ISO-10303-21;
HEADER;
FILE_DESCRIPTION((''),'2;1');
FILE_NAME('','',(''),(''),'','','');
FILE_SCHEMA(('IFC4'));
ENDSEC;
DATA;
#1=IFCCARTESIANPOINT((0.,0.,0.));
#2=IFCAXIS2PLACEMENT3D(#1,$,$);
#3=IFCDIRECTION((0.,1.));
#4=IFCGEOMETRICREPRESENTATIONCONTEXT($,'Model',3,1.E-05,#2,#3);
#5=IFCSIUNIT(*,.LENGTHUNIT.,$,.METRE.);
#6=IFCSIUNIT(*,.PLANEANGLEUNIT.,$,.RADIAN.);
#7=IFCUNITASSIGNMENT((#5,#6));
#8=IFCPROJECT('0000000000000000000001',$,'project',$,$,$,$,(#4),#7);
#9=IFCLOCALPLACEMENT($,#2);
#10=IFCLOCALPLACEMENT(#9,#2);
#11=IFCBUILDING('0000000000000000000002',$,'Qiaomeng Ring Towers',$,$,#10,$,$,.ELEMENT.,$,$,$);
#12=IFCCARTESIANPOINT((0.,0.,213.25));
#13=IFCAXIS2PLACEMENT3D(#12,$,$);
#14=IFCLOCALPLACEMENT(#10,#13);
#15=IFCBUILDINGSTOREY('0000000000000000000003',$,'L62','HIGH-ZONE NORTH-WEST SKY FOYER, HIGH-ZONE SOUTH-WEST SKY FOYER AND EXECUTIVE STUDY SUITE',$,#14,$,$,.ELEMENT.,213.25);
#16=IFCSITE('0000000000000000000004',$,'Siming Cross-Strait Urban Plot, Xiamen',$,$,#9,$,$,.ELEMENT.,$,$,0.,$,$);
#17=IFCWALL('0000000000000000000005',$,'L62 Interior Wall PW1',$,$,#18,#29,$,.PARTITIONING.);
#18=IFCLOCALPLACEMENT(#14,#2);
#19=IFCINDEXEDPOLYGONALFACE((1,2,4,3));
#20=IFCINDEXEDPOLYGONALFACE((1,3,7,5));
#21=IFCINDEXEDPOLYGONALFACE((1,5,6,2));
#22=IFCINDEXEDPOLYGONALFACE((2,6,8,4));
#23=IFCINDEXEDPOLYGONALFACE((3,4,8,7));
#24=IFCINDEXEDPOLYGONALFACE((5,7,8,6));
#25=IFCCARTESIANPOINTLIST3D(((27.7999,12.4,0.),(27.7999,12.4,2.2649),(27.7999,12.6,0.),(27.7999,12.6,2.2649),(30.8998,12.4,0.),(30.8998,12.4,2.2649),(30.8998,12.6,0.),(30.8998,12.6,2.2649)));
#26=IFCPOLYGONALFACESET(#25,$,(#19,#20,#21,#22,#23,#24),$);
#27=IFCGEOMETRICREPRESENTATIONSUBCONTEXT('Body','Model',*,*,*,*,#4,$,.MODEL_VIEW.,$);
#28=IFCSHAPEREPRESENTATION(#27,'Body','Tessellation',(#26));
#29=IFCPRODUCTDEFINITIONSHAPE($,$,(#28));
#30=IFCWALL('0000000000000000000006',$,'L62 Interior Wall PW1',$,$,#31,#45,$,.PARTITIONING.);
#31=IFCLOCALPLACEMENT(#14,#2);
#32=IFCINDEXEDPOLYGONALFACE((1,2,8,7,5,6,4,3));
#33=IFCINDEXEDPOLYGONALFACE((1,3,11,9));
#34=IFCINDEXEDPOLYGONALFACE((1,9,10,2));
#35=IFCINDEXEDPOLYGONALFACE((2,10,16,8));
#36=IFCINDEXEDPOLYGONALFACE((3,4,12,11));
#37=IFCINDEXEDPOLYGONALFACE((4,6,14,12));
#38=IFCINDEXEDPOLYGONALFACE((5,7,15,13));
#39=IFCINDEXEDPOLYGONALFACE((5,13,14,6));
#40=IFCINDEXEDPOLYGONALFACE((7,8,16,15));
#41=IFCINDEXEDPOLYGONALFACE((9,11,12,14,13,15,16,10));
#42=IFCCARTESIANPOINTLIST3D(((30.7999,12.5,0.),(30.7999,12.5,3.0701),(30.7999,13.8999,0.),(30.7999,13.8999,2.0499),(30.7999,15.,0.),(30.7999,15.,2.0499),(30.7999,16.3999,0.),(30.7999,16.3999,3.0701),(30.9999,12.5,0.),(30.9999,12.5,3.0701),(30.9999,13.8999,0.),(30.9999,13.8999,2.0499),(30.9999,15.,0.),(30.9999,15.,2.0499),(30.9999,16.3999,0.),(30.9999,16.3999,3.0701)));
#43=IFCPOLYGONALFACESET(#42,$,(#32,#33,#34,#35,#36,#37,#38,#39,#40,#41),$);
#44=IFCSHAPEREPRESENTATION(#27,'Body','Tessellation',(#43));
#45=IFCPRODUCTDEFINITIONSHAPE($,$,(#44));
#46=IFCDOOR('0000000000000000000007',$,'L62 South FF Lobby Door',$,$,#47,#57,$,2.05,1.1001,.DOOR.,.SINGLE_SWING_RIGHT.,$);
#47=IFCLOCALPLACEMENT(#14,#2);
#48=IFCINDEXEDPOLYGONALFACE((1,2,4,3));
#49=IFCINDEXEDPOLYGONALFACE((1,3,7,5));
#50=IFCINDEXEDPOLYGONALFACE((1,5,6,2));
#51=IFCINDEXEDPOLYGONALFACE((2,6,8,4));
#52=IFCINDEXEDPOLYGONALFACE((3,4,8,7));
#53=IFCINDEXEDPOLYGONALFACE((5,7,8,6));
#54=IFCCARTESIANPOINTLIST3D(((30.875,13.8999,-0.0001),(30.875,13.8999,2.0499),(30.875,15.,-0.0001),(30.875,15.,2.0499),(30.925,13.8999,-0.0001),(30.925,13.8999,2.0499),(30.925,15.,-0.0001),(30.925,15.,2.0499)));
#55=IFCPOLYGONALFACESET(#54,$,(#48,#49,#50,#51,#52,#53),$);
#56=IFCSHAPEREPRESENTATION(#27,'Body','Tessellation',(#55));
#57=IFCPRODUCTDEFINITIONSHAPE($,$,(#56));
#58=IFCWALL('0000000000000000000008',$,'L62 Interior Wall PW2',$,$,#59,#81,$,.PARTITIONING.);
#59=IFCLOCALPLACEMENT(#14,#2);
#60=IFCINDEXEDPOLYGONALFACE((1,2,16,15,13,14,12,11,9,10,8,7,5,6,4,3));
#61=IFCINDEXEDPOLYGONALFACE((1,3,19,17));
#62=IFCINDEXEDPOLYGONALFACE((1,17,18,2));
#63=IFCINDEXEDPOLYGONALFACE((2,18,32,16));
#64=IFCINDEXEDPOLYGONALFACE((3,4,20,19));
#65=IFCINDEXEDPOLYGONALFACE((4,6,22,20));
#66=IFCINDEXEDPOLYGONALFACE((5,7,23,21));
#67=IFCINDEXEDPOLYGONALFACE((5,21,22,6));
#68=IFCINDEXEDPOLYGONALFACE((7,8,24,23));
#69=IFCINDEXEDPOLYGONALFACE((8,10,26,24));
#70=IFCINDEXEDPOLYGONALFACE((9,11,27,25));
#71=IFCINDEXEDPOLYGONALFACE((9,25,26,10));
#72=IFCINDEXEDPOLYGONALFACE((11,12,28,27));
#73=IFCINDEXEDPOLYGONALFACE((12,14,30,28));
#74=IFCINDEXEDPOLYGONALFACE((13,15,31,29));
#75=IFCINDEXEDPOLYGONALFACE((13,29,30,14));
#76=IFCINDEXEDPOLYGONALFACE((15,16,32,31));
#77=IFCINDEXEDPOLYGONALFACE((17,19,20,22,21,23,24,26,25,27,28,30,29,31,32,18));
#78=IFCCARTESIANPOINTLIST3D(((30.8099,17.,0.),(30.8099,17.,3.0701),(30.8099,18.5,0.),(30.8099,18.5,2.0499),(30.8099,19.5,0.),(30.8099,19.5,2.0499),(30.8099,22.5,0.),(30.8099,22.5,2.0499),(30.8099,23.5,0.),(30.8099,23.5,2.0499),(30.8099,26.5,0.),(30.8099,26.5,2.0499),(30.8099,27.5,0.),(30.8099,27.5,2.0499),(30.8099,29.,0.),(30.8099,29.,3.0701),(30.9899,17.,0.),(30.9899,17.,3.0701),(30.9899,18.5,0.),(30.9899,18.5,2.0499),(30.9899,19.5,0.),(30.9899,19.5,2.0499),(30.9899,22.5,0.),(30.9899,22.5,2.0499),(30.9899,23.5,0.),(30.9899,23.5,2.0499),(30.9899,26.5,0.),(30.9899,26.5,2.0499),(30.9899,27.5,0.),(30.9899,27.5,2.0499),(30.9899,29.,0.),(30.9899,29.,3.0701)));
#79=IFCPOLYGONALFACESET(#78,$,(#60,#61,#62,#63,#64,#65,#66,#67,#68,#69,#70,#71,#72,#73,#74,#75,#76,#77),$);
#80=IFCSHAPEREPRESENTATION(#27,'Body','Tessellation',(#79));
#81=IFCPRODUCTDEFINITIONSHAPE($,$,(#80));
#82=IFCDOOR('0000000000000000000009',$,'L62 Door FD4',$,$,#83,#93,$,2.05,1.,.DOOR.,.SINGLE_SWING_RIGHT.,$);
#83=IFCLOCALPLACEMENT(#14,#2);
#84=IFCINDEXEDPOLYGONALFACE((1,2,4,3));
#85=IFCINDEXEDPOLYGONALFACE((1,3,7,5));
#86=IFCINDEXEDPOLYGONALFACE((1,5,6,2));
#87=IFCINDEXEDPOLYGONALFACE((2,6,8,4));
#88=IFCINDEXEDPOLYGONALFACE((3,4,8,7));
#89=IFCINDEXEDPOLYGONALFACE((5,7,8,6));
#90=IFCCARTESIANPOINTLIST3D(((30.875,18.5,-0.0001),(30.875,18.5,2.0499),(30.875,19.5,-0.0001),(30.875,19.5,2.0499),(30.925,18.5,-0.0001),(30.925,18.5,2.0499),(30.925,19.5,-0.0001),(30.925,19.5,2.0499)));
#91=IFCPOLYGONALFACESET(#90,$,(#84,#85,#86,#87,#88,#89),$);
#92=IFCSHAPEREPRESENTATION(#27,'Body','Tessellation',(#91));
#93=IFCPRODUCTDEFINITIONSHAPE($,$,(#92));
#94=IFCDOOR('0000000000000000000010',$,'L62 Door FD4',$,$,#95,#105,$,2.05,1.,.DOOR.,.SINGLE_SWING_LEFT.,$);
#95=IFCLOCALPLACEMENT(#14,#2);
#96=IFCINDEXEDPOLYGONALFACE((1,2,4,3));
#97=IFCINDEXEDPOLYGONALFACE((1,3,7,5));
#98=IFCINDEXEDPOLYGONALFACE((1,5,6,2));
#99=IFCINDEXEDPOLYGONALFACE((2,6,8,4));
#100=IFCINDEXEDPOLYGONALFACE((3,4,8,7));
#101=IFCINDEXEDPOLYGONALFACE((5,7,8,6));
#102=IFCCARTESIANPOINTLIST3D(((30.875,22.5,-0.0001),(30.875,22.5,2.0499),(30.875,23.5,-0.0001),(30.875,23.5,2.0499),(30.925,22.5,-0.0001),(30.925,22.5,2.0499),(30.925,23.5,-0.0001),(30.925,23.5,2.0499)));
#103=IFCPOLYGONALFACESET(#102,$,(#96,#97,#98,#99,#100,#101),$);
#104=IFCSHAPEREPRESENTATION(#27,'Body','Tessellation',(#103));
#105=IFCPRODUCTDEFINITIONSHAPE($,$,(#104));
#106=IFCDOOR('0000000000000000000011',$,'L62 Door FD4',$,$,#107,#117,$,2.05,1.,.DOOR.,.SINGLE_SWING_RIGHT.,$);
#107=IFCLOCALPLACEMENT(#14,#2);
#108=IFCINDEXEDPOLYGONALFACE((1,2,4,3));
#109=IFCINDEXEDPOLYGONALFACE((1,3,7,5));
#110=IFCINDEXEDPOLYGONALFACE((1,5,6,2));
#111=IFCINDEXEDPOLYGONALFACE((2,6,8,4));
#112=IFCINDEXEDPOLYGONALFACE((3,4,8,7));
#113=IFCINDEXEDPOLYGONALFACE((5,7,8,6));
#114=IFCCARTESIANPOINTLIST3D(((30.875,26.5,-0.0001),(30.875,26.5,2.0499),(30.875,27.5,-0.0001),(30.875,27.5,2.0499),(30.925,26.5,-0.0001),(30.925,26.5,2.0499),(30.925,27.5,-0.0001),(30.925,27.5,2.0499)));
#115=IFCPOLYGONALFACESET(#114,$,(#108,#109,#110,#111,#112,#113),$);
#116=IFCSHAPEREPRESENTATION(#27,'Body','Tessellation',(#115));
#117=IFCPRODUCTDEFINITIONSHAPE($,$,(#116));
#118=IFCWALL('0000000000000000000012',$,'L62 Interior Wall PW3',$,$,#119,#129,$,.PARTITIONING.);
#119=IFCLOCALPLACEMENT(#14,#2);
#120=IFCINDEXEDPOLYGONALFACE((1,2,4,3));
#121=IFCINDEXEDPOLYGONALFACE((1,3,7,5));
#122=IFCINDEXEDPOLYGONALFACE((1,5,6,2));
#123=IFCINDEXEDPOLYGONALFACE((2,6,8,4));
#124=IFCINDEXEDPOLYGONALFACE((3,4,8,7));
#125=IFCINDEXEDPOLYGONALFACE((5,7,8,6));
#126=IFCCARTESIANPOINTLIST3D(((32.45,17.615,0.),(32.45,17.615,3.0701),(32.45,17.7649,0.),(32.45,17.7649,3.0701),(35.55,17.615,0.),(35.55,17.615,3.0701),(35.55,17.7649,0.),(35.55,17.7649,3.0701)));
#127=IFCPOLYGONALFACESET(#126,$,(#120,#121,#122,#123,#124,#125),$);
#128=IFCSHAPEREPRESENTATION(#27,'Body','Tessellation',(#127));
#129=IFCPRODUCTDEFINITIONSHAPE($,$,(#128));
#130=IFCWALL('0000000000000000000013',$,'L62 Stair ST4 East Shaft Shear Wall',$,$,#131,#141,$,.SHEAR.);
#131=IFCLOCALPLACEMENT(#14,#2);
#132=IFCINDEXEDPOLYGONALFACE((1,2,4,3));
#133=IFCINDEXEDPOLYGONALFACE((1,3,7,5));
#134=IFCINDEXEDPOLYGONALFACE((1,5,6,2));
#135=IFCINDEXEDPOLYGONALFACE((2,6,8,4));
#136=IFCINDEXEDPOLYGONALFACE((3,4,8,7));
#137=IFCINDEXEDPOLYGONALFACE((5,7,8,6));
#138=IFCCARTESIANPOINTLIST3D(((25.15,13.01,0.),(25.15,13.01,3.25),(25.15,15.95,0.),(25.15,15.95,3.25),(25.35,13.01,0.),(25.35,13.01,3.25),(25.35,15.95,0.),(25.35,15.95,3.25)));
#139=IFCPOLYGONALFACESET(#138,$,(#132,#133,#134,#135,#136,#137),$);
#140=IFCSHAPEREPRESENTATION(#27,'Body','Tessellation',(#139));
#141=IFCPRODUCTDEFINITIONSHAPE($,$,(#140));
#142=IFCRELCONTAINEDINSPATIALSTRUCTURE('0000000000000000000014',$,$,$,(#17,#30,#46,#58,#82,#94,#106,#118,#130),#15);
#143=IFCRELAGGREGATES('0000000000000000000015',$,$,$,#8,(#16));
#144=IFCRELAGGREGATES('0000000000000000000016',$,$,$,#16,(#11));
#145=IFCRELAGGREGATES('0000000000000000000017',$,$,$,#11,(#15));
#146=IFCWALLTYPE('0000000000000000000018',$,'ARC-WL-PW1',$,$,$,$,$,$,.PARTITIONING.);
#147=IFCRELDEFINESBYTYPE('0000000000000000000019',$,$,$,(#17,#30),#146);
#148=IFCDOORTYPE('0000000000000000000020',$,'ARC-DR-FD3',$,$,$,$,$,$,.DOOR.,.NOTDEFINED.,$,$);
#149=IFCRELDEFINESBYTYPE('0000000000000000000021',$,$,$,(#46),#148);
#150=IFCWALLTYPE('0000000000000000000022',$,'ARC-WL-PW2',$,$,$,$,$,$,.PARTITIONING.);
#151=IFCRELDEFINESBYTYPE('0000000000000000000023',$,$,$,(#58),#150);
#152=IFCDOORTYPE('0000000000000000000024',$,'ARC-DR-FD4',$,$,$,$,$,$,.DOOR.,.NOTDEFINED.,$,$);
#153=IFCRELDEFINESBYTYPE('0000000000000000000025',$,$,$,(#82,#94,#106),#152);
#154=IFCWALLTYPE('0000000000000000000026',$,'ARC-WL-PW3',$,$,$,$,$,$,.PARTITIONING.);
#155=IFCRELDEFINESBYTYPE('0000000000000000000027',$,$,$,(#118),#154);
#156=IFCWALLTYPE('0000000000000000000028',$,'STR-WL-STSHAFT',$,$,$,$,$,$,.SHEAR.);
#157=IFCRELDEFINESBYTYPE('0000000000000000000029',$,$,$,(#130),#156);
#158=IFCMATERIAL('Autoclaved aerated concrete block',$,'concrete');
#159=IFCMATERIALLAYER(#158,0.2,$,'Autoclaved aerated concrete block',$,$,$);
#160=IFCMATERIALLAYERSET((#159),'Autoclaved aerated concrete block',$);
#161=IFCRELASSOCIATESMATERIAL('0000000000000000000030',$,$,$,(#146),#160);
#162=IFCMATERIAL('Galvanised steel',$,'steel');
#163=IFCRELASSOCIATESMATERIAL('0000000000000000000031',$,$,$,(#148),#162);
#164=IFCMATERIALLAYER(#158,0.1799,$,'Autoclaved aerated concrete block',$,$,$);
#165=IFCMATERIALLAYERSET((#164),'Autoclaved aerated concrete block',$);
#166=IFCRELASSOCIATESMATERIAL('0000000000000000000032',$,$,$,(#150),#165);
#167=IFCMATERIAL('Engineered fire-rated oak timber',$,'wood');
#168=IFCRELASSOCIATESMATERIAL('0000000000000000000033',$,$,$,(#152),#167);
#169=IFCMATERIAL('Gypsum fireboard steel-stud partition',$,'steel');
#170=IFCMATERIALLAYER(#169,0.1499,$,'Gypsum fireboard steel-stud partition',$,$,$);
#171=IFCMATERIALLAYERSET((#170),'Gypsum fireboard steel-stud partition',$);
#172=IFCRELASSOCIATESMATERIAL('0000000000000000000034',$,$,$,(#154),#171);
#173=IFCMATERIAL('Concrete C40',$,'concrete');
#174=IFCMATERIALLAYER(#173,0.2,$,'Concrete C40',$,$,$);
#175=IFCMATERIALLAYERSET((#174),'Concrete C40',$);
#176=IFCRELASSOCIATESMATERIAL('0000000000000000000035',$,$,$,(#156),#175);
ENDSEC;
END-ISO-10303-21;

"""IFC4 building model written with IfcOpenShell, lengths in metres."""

from ifc_helpers import new_model, si_unit, direction, frame, frame_2d, origin, place, context, subcontext, project, spatial, rectangle, extrude, source, transform, mapped, material, layer, layer_set, type_object, element, fill, save


model = new_model("IFC4")

# Units and contexts
model_context = context("Model", 3, precision=1e-05, world=origin(), true_north=direction((0.0, 1.0)))
body_context = subcontext(model_context, "Body", "Model", "MODEL_VIEW")
ifc_project = project(units=[si_unit("LENGTHUNIT", "METRE"), si_unit("PLANEANGLEUNIT", "RADIAN")], contexts=[model_context])

# Site, building, storey
site_placement = place(None, origin())
site = spatial("IfcSite", under=ifc_project, at=site_placement, Name="Siming Cross-Strait Urban Plot, Xiamen", CompositionType="ELEMENT", RefElevation=0.0)
building_placement = place(site_placement, origin())
building = spatial("IfcBuilding", under=site, at=building_placement, Name="Qiaomeng Ring Towers", CompositionType="ELEMENT")
storey_placement = place(building_placement, frame((0.0, 0.0, 213.25)))
storey = spatial("IfcBuildingStorey", under=building, at=storey_placement, Name="L62", Description="HIGH-ZONE NORTH-WEST SKY FOYER, HIGH-ZONE SOUTH-WEST SKY FOYER AND EXECUTIVE STUDY SUITE", CompositionType="ELEMENT", Elevation=213.25)

# Shared definitions
ifc_material_1 = material(Name="Concrete C40", Category="concrete")

# Wall
ifc_material_2 = material(Name="Autoclaved aerated concrete block", Category="concrete")
ifc_layer_1 = layer(ifc_material_2, 0.2, Name="Autoclaved aerated concrete block")
ifc_layer_set_1 = layer_set([ifc_layer_1], Name="Autoclaved aerated concrete block")
wall_type_1 = type_object("IfcWallType", Name="ARC-WL-PW1", PredefinedType="PARTITIONING", material=ifc_layer_set_1)
wall_1_placement = place(storey_placement, frame((27.8, 12.5, 0.0), z_axis=(0.0, 0.0, 1.0), x_axis=(1.0, 0.0, 0.0)))
element("IfcWall", 1, at=wall_1_placement, inside=storey, type_object=wall_type_1, Name="L62 Interior Wall PW1", PredefinedType="PARTITIONING", context=body_context, shape_type="SweptSolid", body=[
    extrude(rectangle(XDim=3.0999, YDim=0.2, at=frame_2d((1.5498, 0.0))), origin(), (0.0, 0.0, 1.0), 2.2649),
])

# Wall, opening, door
wall_2_placement = place(storey_placement, frame((30.8999, 12.5, 0.0), z_axis=(0.0, 0.0, 1.0), x_axis=(0.0, 1.0, 0.0)))
wall_2 = element("IfcWall", 2, at=wall_2_placement, inside=storey, type_object=wall_type_1, Name="L62 Interior Wall PW1", PredefinedType="PARTITIONING", context=body_context, shape_type="SweptSolid", body=[
    extrude(rectangle(XDim=3.8999, YDim=0.2, at=frame_2d((1.95, 0.0))), origin(), (0.0, 0.0, 1.0), 3.0701),
])
opening_1_placement = place(wall_2_placement, frame((1.3999, 0.0, 0.0)))
opening_1 = element("IfcOpeningElement", 3, at=opening_1_placement, cuts=wall_2, PredefinedType="OPENING", context=body_context, shape_type="SweptSolid", body=[
    extrude(rectangle(XDim=1.1001, YDim=2.05, at=frame_2d((0.55, 1.0249))), frame((0.0, 0.1099, 0.0), z_axis=(0.0, -1.0, 0.0), x_axis=(1.0, 0.0, 0.0)), (0.0, 0.0, 1.0), 0.22),
])
ifc_material_3 = material(Name="Galvanised steel", Category="steel")
door_type_1 = type_object("IfcDoorType", Name="ARC-DR-FD3", OperationType="NOTDEFINED", PredefinedType="DOOR", material=ifc_material_3)
shared_shape_1 = source(origin(), body_context, "Body", "SweptSolid", [
    extrude(rectangle(XDim=1.1001, YDim=2.05, at=frame_2d((0.55, 1.0249))), frame((0.0, 0.0249, 0.0), z_axis=(0.0, -1.0, 0.0), x_axis=(1.0, 0.0, 0.0)), (0.0, 0.0, 1.0), 0.05),
])
door_1_placement = place(opening_1_placement, origin())
door_1 = element("IfcDoor", 4, at=door_1_placement, inside=storey, type_object=door_type_1, Name="L62 South FF Lobby Door", OperationType="SINGLE_SWING_RIGHT", OverallHeight=2.05, OverallWidth=1.1001, PredefinedType="DOOR", context=body_context, shape_type="MappedRepresentation", body=[
    mapped(shared_shape_1, transform((0.0, 0.0, 0.0), x_axis=(1.0, 0.0, 0.0), y_axis=(0.0, 1.0, 0.0), z_axis=(0.0, 0.0, 1.0), scale=1.0)),
])
fill(opening_1, door_1)

# Wall, openings, doors
ifc_layer_2 = layer(ifc_material_2, 0.1799, Name="Autoclaved aerated concrete block")
ifc_layer_set_2 = layer_set([ifc_layer_2], Name="Autoclaved aerated concrete block")
wall_type_2 = type_object("IfcWallType", Name="ARC-WL-PW2", PredefinedType="PARTITIONING", material=ifc_layer_set_2)
wall_3_placement = place(storey_placement, frame((30.8999, 17.0, 0.0), z_axis=(0.0, 0.0, 1.0), x_axis=(0.0, 1.0, 0.0)))
wall_3 = element("IfcWall", 5, at=wall_3_placement, inside=storey, type_object=wall_type_2, Name="L62 Interior Wall PW2", PredefinedType="PARTITIONING", context=body_context, shape_type="SweptSolid", body=[
    extrude(rectangle(XDim=12.0, YDim=0.1799, at=frame_2d((6.0, 0.0))), origin(), (0.0, 0.0, 1.0), 3.0701),
])
opening_2_placement = place(wall_3_placement, frame((1.5, 0.0, 0.0)))
opening_2 = element("IfcOpeningElement", 6, at=opening_2_placement, cuts=wall_3, PredefinedType="OPENING", context=body_context, shape_type="SweptSolid", body=[
    extrude(rectangle(XDim=1.0, YDim=2.05, at=frame_2d((0.5, 1.0249))), frame((0.0, 0.0999, 0.0), z_axis=(0.0, -1.0, 0.0), x_axis=(1.0, 0.0, 0.0)), (0.0, 0.0, 1.0), 0.2),
])
opening_3_placement = place(wall_3_placement, frame((5.5, 0.0, 0.0)))
opening_3 = element("IfcOpeningElement", 7, at=opening_3_placement, cuts=wall_3, PredefinedType="OPENING", context=body_context, shape_type="SweptSolid", body=[
    extrude(rectangle(XDim=1.0, YDim=2.05, at=frame_2d((0.5, 1.0249))), frame((0.0, 0.0999, 0.0), z_axis=(0.0, -1.0, 0.0), x_axis=(1.0, 0.0, 0.0)), (0.0, 0.0, 1.0), 0.2),
])
opening_4_placement = place(wall_3_placement, frame((9.5, 0.0, 0.0)))
opening_4 = element("IfcOpeningElement", 8, at=opening_4_placement, cuts=wall_3, PredefinedType="OPENING", context=body_context, shape_type="SweptSolid", body=[
    extrude(rectangle(XDim=1.0, YDim=2.05, at=frame_2d((0.5, 1.0249))), frame((0.0, 0.0999, 0.0), z_axis=(0.0, -1.0, 0.0), x_axis=(1.0, 0.0, 0.0)), (0.0, 0.0, 1.0), 0.2),
])
ifc_material_4 = material(Name="Engineered fire-rated oak timber", Category="wood")
door_type_2 = type_object("IfcDoorType", Name="ARC-DR-FD4", OperationType="NOTDEFINED", PredefinedType="DOOR", material=ifc_material_4)
shared_shape_2 = source(origin(), body_context, "Body", "SweptSolid", [
    extrude(rectangle(XDim=1.0, YDim=2.05, at=frame_2d((0.5, 1.0249))), frame((0.0, 0.0249, 0.0), z_axis=(0.0, -1.0, 0.0), x_axis=(1.0, 0.0, 0.0)), (0.0, 0.0, 1.0), 0.05),
])
door_2_placement = place(opening_2_placement, origin())
door_2 = element("IfcDoor", 9, at=door_2_placement, inside=storey, type_object=door_type_2, Name="L62 Door FD4", OperationType="SINGLE_SWING_RIGHT", OverallHeight=2.05, OverallWidth=1.0, PredefinedType="DOOR", context=body_context, shape_type="MappedRepresentation", body=[
    mapped(shared_shape_2, transform((0.0, 0.0, 0.0), x_axis=(1.0, 0.0, 0.0), y_axis=(0.0, 1.0, 0.0), z_axis=(0.0, 0.0, 1.0), scale=1.0)),
])
fill(opening_2, door_2)
door_3_placement = place(opening_3_placement, origin())
door_3 = element("IfcDoor", 10, at=door_3_placement, inside=storey, type_object=door_type_2, Name="L62 Door FD4", OperationType="SINGLE_SWING_LEFT", OverallHeight=2.05, OverallWidth=1.0, PredefinedType="DOOR", context=body_context, shape_type="MappedRepresentation", body=[
    mapped(shared_shape_2, transform((0.0, 0.0, 0.0), x_axis=(1.0, 0.0, 0.0), y_axis=(0.0, 1.0, 0.0), z_axis=(0.0, 0.0, 1.0), scale=1.0)),
])
fill(opening_3, door_3)
door_4_placement = place(opening_4_placement, origin())
door_4 = element("IfcDoor", 11, at=door_4_placement, inside=storey, type_object=door_type_2, Name="L62 Door FD4", OperationType="SINGLE_SWING_RIGHT", OverallHeight=2.05, OverallWidth=1.0, PredefinedType="DOOR", context=body_context, shape_type="MappedRepresentation", body=[
    mapped(shared_shape_2, transform((0.0, 0.0, 0.0), x_axis=(1.0, 0.0, 0.0), y_axis=(0.0, 1.0, 0.0), z_axis=(0.0, 0.0, 1.0), scale=1.0)),
])
fill(opening_4, door_4)

# Walls
ifc_material_5 = material(Name="Gypsum fireboard steel-stud partition", Category="steel")
ifc_layer_3 = layer(ifc_material_5, 0.1499, Name="Gypsum fireboard steel-stud partition")
ifc_layer_set_3 = layer_set([ifc_layer_3], Name="Gypsum fireboard steel-stud partition")
wall_type_3 = type_object("IfcWallType", Name="ARC-WL-PW3", PredefinedType="PARTITIONING", material=ifc_layer_set_3)
wall_4_placement = place(storey_placement, frame((32.45, 17.6899, 0.0), z_axis=(0.0, 0.0, 1.0), x_axis=(1.0, 0.0, 0.0)))
element("IfcWall", 12, at=wall_4_placement, inside=storey, type_object=wall_type_3, Name="L62 Interior Wall PW3", PredefinedType="PARTITIONING", context=body_context, shape_type="SweptSolid", body=[
    extrude(rectangle(XDim=3.1001, YDim=0.1499, at=frame_2d((1.55, 0.0))), origin(), (0.0, 0.0, 1.0), 3.0701),
])
ifc_layer_4 = layer(ifc_material_1, 0.2, Name="Concrete C40")
ifc_layer_set_4 = layer_set([ifc_layer_4], Name="Concrete C40")
wall_type_4 = type_object("IfcWallType", Name="STR-WL-STSHAFT", PredefinedType="SHEAR", material=ifc_layer_set_4)
wall_5_placement = place(storey_placement, frame((25.25, 13.01, 0.0), z_axis=(0.0, 0.0, 1.0), x_axis=(0.0, 1.0, 0.0)))
element("IfcWall", 13, at=wall_5_placement, inside=storey, type_object=wall_type_4, Name="L62 Stair ST4 East Shaft Shear Wall", PredefinedType="SHEAR", context=body_context, shape_type="SweptSolid", body=[
    extrude(rectangle(XDim=2.9399, YDim=0.2, at=frame_2d((1.47, 0.0))), origin(), (0.0, 0.0, 1.0), 3.25),
])

save(model, "model.ifc")
